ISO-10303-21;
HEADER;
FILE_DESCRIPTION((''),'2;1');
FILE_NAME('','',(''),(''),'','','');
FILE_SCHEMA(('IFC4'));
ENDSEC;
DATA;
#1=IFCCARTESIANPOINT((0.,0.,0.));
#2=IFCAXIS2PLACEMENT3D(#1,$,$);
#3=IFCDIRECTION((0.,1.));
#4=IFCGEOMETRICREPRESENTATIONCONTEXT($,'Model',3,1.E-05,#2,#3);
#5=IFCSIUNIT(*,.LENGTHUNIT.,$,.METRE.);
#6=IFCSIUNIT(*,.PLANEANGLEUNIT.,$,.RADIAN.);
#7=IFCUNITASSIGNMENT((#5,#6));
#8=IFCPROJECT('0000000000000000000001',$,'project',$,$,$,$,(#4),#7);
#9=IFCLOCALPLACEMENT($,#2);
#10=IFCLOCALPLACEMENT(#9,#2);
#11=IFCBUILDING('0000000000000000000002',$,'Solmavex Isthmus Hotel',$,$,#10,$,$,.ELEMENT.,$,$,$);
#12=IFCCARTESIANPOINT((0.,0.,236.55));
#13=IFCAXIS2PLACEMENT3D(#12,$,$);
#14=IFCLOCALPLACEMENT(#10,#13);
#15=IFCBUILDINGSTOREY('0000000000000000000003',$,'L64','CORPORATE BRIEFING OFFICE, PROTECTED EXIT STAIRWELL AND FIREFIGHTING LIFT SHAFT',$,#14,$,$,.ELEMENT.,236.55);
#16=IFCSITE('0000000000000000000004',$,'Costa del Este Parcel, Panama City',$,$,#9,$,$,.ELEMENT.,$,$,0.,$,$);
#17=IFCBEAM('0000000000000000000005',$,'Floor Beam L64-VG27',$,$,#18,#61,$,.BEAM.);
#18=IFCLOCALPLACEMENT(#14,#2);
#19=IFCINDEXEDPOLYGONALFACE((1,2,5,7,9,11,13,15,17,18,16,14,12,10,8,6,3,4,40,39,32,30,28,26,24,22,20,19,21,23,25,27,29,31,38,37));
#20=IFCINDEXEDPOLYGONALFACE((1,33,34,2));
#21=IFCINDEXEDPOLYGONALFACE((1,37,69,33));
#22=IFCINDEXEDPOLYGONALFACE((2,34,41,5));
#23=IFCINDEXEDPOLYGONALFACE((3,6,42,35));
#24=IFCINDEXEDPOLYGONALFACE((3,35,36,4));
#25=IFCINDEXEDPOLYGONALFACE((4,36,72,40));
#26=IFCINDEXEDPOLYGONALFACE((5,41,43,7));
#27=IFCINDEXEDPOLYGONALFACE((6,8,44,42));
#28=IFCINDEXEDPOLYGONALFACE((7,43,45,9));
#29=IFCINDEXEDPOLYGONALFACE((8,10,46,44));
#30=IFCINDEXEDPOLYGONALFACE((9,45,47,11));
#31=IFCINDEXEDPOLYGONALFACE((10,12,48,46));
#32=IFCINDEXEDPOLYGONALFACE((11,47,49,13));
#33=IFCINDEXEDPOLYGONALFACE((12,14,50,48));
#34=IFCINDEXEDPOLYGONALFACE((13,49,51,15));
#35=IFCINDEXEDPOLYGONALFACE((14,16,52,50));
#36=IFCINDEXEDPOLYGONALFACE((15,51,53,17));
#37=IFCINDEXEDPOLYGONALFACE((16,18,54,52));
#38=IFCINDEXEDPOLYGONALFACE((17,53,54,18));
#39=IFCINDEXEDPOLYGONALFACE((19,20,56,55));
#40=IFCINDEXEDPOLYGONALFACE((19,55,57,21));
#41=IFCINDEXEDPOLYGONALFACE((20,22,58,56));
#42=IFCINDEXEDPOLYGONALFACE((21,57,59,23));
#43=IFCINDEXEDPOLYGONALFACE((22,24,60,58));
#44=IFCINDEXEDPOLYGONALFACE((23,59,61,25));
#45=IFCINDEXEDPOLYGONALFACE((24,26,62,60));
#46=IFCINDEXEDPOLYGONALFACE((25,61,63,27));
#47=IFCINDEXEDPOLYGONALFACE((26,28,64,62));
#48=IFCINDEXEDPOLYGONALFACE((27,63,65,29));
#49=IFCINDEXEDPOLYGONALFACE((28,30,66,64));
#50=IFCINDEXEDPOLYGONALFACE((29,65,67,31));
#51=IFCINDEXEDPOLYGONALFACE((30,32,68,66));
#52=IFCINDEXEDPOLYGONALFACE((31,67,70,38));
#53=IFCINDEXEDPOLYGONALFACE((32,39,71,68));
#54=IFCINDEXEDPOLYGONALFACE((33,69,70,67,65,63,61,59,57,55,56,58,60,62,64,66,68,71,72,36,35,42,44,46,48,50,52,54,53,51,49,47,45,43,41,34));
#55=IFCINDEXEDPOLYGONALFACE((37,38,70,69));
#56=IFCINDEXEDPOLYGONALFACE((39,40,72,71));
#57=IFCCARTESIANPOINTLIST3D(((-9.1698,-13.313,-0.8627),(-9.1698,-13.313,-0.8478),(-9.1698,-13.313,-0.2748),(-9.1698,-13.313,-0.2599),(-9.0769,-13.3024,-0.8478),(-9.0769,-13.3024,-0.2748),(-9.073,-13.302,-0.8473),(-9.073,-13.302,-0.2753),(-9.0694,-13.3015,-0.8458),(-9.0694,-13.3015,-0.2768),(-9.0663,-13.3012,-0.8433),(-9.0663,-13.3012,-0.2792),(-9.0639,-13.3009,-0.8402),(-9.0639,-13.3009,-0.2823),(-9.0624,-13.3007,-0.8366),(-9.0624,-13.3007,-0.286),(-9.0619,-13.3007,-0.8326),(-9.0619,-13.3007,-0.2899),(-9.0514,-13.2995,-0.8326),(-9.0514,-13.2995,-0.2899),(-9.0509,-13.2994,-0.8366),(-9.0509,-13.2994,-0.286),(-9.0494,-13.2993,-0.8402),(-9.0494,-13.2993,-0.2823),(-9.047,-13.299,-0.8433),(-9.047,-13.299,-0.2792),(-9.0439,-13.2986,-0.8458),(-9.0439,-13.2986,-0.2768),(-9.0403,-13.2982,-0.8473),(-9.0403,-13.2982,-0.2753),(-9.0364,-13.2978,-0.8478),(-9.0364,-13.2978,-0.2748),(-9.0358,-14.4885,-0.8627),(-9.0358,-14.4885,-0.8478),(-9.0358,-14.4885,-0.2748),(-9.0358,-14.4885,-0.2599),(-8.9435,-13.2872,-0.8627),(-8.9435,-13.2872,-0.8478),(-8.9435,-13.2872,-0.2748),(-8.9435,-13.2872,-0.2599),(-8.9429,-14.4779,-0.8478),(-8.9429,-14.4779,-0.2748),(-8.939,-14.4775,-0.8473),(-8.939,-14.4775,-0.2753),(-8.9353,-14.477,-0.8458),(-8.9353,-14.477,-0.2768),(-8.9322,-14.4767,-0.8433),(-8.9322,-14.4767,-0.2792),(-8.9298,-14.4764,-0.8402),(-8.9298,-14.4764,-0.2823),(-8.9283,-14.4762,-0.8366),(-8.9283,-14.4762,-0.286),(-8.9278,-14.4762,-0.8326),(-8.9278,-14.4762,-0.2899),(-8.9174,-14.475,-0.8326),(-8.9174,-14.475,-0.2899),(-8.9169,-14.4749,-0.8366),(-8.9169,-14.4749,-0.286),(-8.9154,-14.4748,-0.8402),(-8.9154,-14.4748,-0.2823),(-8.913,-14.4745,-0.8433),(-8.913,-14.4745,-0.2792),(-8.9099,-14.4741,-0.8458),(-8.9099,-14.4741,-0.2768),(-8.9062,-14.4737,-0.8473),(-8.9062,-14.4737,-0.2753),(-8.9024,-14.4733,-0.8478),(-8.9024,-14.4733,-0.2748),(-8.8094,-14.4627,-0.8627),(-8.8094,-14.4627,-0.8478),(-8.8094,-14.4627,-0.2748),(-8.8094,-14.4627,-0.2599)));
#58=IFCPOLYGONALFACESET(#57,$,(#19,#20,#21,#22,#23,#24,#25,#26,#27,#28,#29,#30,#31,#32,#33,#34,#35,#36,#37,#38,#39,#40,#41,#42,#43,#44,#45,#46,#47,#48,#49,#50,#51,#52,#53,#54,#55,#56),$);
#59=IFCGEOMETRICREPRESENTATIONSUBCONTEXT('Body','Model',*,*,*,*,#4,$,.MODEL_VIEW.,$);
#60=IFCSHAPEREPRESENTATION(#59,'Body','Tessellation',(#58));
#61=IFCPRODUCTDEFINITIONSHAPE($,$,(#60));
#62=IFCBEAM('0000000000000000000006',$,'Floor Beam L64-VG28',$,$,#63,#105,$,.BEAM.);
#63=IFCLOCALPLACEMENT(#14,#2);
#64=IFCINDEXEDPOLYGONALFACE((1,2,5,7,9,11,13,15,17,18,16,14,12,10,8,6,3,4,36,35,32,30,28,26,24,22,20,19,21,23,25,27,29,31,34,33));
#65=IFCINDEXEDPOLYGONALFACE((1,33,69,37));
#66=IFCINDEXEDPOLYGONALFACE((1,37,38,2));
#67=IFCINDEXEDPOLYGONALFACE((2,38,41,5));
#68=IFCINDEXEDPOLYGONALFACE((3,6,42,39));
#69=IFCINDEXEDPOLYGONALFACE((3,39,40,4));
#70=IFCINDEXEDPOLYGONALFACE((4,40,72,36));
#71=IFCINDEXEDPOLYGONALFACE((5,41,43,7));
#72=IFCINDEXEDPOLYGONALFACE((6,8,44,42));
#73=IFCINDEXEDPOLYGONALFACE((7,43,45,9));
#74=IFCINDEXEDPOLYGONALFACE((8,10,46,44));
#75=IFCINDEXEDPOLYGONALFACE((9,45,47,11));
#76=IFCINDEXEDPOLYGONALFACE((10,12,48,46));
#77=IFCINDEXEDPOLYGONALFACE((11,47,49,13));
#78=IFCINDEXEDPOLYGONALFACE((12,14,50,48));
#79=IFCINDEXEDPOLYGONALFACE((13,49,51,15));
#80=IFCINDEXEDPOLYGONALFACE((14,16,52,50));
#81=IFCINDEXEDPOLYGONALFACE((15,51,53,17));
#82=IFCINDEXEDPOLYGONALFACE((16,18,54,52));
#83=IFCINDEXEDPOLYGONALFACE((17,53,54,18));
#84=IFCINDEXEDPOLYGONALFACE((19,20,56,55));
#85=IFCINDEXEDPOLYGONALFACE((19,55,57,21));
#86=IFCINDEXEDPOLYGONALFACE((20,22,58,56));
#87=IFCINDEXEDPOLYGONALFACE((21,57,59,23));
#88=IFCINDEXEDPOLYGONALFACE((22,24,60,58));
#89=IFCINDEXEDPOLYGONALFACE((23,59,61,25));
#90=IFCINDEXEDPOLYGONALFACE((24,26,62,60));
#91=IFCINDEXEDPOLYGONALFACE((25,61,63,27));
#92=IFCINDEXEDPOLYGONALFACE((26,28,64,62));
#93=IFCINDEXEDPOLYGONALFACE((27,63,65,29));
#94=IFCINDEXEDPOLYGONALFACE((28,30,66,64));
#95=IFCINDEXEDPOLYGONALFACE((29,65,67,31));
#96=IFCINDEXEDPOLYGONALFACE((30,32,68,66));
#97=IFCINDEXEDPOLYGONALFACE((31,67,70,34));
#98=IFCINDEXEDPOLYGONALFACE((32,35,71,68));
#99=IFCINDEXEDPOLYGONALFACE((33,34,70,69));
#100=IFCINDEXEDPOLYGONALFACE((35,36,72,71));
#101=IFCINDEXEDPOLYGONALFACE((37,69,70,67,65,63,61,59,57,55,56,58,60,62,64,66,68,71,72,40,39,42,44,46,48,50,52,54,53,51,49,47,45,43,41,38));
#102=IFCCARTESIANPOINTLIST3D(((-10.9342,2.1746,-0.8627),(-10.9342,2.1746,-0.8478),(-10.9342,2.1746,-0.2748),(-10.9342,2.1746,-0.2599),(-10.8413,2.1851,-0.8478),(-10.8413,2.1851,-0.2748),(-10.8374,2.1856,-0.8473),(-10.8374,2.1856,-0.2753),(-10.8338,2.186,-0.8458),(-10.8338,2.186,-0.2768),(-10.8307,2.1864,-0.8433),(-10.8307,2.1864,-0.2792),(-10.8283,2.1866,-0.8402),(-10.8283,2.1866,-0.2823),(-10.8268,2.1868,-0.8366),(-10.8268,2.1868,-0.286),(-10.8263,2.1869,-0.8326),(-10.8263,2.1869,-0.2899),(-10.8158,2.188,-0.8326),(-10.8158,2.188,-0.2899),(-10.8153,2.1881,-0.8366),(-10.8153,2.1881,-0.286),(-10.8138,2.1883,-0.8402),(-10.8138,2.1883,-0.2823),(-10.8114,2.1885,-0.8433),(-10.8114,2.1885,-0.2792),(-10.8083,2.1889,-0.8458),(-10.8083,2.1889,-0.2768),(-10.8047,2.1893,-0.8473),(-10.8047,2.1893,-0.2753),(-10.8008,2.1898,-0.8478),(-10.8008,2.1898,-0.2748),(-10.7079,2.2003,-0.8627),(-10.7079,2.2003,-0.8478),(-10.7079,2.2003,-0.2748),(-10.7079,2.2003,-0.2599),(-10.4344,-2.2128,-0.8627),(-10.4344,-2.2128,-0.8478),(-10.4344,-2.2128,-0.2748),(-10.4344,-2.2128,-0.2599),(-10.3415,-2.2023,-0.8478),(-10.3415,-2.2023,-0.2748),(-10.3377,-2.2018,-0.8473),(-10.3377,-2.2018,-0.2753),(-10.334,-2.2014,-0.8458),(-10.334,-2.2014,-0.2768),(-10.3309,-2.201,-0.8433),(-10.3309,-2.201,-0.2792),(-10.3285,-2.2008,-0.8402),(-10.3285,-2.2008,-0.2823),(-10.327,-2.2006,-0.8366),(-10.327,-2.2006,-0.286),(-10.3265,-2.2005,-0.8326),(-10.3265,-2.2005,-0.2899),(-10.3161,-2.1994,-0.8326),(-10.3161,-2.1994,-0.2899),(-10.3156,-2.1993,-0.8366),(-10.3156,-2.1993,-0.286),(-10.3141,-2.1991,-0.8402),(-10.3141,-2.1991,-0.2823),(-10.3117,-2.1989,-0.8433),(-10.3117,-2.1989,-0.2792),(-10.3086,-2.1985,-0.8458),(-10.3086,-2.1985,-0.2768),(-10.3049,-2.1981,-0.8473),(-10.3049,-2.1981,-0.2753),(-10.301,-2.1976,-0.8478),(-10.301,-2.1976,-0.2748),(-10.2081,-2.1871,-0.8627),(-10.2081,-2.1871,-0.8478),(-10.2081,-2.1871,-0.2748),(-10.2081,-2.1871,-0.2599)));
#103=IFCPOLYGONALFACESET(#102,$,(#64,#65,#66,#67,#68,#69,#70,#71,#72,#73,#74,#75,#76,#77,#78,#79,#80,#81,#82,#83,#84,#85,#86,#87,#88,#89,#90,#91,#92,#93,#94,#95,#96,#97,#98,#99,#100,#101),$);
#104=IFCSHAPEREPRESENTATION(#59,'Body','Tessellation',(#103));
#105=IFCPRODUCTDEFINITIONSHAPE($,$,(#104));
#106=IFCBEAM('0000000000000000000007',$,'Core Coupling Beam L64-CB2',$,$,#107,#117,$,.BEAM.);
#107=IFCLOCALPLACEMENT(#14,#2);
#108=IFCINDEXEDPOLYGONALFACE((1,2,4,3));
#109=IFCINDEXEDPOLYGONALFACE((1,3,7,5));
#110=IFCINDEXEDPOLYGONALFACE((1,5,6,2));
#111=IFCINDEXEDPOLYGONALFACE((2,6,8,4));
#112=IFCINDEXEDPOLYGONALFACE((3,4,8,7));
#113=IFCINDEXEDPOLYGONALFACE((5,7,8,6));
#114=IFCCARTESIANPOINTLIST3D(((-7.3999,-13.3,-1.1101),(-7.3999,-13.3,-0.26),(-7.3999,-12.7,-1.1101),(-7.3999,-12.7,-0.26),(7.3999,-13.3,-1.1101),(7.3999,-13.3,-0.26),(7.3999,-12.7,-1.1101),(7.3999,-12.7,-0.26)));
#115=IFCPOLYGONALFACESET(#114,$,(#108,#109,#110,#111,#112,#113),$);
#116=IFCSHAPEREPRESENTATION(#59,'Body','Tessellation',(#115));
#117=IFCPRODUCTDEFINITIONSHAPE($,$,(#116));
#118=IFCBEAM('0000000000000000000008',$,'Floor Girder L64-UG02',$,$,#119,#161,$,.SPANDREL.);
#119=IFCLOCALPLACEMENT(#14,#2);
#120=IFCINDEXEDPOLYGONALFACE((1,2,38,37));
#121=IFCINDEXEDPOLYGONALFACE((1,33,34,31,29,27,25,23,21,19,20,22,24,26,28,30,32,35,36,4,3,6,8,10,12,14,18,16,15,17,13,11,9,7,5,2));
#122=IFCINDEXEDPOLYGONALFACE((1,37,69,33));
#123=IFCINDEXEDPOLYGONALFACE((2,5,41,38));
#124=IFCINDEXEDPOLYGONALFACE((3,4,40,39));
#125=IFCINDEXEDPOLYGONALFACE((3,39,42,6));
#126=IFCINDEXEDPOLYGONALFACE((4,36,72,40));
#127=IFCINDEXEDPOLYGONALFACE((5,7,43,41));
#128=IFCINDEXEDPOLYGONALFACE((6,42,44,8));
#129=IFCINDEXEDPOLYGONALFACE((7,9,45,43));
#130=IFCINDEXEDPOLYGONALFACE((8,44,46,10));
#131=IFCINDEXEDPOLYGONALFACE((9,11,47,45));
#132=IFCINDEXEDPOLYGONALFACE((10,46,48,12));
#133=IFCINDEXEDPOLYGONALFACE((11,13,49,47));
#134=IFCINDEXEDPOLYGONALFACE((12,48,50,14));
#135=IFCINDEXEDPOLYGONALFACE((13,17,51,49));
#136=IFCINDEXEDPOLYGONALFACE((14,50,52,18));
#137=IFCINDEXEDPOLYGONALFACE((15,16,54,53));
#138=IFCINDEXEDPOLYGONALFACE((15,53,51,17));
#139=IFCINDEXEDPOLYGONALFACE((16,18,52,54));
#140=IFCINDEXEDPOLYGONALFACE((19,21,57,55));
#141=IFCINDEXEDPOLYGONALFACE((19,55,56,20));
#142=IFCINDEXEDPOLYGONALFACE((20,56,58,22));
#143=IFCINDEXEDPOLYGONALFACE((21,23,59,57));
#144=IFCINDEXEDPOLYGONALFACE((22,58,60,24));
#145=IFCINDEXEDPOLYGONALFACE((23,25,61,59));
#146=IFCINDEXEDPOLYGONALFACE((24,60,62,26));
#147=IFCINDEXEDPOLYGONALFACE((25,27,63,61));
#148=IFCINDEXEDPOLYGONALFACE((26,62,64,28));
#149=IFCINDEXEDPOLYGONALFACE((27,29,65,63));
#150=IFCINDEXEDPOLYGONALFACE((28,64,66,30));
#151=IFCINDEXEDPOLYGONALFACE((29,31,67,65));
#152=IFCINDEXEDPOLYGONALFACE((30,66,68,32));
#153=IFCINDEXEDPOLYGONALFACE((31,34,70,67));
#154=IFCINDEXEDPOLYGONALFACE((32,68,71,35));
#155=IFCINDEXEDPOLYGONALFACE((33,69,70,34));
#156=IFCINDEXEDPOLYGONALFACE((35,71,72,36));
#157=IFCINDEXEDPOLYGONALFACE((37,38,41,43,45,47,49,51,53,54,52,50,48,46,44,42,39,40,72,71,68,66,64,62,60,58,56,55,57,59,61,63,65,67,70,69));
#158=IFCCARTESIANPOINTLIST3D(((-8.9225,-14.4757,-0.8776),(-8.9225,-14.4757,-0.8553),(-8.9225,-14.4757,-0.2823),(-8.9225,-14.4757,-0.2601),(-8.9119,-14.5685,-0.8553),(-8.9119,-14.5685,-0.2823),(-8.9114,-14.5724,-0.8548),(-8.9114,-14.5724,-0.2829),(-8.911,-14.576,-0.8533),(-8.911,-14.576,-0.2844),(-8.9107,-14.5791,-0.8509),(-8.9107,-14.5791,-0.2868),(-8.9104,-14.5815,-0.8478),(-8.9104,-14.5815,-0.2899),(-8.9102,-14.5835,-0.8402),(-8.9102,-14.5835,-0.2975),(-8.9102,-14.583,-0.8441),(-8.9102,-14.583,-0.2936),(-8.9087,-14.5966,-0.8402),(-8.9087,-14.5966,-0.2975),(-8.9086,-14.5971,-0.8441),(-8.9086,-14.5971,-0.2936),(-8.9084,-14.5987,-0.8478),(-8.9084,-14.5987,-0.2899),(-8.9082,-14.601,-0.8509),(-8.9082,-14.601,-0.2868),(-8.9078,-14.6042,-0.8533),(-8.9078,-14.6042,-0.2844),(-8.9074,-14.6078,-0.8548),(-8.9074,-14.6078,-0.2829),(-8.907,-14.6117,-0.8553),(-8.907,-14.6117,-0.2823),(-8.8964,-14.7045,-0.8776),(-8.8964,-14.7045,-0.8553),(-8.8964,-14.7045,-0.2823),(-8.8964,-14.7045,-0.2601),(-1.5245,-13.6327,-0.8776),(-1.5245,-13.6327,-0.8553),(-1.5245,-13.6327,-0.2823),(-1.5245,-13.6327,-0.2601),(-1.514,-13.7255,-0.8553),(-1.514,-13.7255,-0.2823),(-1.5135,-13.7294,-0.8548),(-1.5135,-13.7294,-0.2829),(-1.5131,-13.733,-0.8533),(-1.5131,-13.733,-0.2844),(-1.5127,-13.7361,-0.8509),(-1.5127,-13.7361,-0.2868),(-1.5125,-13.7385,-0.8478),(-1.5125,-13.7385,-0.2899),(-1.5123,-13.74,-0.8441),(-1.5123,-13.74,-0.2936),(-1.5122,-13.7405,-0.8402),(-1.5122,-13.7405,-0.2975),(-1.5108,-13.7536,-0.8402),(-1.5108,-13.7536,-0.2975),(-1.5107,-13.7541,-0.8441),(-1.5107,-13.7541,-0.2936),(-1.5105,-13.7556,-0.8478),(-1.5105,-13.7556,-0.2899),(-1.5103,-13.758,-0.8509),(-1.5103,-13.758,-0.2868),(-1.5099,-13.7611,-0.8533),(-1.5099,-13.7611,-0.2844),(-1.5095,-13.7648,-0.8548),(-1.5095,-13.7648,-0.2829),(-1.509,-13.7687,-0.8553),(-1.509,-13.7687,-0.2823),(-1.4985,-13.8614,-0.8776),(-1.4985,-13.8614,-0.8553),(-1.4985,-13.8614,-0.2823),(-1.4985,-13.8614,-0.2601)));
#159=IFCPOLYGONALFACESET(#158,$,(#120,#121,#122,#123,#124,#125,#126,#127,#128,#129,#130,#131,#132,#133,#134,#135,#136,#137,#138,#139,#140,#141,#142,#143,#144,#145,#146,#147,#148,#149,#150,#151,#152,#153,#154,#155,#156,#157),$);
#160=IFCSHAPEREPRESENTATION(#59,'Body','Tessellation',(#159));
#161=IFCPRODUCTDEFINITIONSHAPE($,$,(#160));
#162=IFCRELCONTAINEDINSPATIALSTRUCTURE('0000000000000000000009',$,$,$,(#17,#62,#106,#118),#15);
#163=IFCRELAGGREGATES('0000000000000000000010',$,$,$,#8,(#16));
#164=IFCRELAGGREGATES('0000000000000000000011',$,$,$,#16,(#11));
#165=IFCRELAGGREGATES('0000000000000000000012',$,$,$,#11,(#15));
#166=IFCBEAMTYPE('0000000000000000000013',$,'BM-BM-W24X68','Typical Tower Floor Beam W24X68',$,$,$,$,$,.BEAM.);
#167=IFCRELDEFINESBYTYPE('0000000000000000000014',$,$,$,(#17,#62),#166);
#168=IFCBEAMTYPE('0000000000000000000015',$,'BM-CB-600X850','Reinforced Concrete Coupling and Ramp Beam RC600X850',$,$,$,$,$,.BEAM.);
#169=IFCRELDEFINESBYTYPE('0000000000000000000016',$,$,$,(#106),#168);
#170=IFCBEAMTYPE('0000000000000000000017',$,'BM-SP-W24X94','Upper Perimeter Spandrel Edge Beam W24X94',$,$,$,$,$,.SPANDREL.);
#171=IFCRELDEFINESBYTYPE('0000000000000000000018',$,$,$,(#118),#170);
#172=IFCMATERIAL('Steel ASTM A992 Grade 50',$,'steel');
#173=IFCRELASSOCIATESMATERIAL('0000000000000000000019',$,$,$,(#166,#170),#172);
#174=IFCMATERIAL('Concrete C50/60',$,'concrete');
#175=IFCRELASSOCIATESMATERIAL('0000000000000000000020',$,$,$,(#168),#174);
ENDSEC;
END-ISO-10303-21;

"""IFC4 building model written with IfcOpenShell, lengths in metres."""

from ifc_helpers import new_model, si_unit, direction, frame, origin, origin_2d, place, context, subcontext, project, spatial, rectangle, i_section, extrude, material, material_profile, profile_set, type_object, element, save


model = new_model("IFC4")

# Units and contexts
model_context = context("Model", 3, precision=1e-05, world=origin(), true_north=direction((0.0, 1.0)))
body_context = subcontext(model_context, "Body", "Model", "MODEL_VIEW")
ifc_project = project(units=[si_unit("LENGTHUNIT", "METRE"), si_unit("PLANEANGLEUNIT", "RADIAN")], contexts=[model_context])

# Site, building, storey
site_placement = place(None, origin())
site = spatial("IfcSite", under=ifc_project, at=site_placement, Name="Costa del Este Parcel, Panama City", CompositionType="ELEMENT", RefElevation=0.0)
building_placement = place(site_placement, origin())
building = spatial("IfcBuilding", under=site, at=building_placement, Name="Solmavex Isthmus Hotel", CompositionType="ELEMENT")
storey_placement = place(building_placement, frame((0.0, 0.0, 236.55)))
storey = spatial("IfcBuildingStorey", under=building, at=storey_placement, Name="L64", Description="CORPORATE BRIEFING OFFICE, PROTECTED EXIT STAIRWELL AND FIREFIGHTING LIFT SHAFT", CompositionType="ELEMENT", Elevation=236.55)

# Shared definitions
ifc_material_1 = material(Name="Concrete C50/60", Category="concrete")

# Beams
ifc_material_2 = material(Name="Steel ASTM A992 Grade 50", Category="steel")
ifc_material_profile_1 = material_profile(ifc_material_2, i_section(OverallWidth=0.2278, OverallDepth=0.6028, WebThickness=0.0105, FlangeThickness=0.0149, FilletRadius=0.0151, at=origin_2d()), Name="W24X68")
ifc_profile_set_1 = profile_set([ifc_material_profile_1], Name="Steel ASTM A992 Grade 50")
beam_type_1 = type_object("IfcBeamType", Name="BM-BM-W24X68", Description="Typical Tower Floor Beam W24X68", PredefinedType="BEAM", material=ifc_profile_set_1)
beam_1_placement = place(storey_placement, frame((-8.9226, -14.4756, -0.5613), z_axis=(-0.113285, 0.993563, 0.0), x_axis=(-0.993563, -0.113285, 0.0)))
element("IfcBeam", 1, at=beam_1_placement, inside=storey, type_object=beam_type_1, Name="Floor Beam L64-VG27", PredefinedType="BEAM", context=body_context, shape_type="SweptSolid", body=[
    extrude(i_section(OverallWidth=0.2278, OverallDepth=0.6028, WebThickness=0.0105, FlangeThickness=0.0149, FilletRadius=0.0151, at=origin_2d()), origin(), (0.0, 0.0, 1.0), 1.1831),
])
beam_2_placement = place(storey_placement, frame((-10.3213, -2.2, -0.5613), z_axis=(-0.113174, 0.993575, 0.0), x_axis=(-0.993575, -0.113174, 0.0)))
element("IfcBeam", 2, at=beam_2_placement, inside=storey, type_object=beam_type_1, Name="Floor Beam L64-VG28", PredefinedType="BEAM", context=body_context, shape_type="SweptSolid", body=[
    extrude(i_section(OverallWidth=0.2278, OverallDepth=0.6028, WebThickness=0.0105, FlangeThickness=0.0149, FilletRadius=0.0151, at=origin_2d()), origin(), (0.0, 0.0, 1.0), 4.4158),
])
ifc_material_profile_2 = material_profile(ifc_material_1, rectangle(XDim=0.6001, YDim=0.8501, at=origin_2d()), Name="RC600X850")
ifc_profile_set_2 = profile_set([ifc_material_profile_2], Name="Concrete C50/60")
beam_type_2 = type_object("IfcBeamType", Name="BM-CB-600X850", Description="Reinforced Concrete Coupling and Ramp Beam RC600X850", PredefinedType="BEAM", material=ifc_profile_set_2)
beam_3_placement = place(storey_placement, frame((-7.3999, -13.0, -0.6851), z_axis=(1.0, 0.0, 0.0), x_axis=(0.0, 1.0, 0.0)))
element("IfcBeam", 3, at=beam_3_placement, inside=storey, type_object=beam_type_2, Name="Core Coupling Beam L64-CB2", PredefinedType="BEAM", context=body_context, shape_type="SweptSolid", body=[
    extrude(rectangle(XDim=0.6001, YDim=0.8501, at=origin_2d()), origin(), (0.0, 0.0, 1.0), 14.7998),
])
ifc_material_profile_3 = material_profile(ifc_material_2, i_section(OverallWidth=0.2302, OverallDepth=0.6174, WebThickness=0.0132, FlangeThickness=0.0222, FilletRadius=0.0151, at=origin_2d()), Name="W24X94")
ifc_profile_set_3 = profile_set([ifc_material_profile_3], Name="Steel ASTM A992 Grade 50")
beam_type_3 = type_object("IfcBeamType", Name="BM-SP-W24X94", Description="Upper Perimeter Spandrel Edge Beam W24X94", PredefinedType="SPANDREL", material=ifc_profile_set_3)
beam_4_placement = place(storey_placement, frame((-8.9094, -14.5901, -0.5688), z_axis=(0.99357, 0.11322, 0.0), x_axis=(-0.11322, 0.99357, 0.0)))
element("IfcBeam", 4, at=beam_4_placement, inside=storey, type_object=beam_type_3, Name="Floor Girder L64-UG02", PredefinedType="SPANDREL", context=body_context, shape_type="SweptSolid", body=[
    extrude(i_section(OverallWidth=0.2302, OverallDepth=0.6174, WebThickness=0.0132, FlangeThickness=0.0222, FilletRadius=0.0151, at=origin_2d()), origin(), (0.0, 0.0, 1.0), 7.4458),
])

save(model, "model.ifc")
